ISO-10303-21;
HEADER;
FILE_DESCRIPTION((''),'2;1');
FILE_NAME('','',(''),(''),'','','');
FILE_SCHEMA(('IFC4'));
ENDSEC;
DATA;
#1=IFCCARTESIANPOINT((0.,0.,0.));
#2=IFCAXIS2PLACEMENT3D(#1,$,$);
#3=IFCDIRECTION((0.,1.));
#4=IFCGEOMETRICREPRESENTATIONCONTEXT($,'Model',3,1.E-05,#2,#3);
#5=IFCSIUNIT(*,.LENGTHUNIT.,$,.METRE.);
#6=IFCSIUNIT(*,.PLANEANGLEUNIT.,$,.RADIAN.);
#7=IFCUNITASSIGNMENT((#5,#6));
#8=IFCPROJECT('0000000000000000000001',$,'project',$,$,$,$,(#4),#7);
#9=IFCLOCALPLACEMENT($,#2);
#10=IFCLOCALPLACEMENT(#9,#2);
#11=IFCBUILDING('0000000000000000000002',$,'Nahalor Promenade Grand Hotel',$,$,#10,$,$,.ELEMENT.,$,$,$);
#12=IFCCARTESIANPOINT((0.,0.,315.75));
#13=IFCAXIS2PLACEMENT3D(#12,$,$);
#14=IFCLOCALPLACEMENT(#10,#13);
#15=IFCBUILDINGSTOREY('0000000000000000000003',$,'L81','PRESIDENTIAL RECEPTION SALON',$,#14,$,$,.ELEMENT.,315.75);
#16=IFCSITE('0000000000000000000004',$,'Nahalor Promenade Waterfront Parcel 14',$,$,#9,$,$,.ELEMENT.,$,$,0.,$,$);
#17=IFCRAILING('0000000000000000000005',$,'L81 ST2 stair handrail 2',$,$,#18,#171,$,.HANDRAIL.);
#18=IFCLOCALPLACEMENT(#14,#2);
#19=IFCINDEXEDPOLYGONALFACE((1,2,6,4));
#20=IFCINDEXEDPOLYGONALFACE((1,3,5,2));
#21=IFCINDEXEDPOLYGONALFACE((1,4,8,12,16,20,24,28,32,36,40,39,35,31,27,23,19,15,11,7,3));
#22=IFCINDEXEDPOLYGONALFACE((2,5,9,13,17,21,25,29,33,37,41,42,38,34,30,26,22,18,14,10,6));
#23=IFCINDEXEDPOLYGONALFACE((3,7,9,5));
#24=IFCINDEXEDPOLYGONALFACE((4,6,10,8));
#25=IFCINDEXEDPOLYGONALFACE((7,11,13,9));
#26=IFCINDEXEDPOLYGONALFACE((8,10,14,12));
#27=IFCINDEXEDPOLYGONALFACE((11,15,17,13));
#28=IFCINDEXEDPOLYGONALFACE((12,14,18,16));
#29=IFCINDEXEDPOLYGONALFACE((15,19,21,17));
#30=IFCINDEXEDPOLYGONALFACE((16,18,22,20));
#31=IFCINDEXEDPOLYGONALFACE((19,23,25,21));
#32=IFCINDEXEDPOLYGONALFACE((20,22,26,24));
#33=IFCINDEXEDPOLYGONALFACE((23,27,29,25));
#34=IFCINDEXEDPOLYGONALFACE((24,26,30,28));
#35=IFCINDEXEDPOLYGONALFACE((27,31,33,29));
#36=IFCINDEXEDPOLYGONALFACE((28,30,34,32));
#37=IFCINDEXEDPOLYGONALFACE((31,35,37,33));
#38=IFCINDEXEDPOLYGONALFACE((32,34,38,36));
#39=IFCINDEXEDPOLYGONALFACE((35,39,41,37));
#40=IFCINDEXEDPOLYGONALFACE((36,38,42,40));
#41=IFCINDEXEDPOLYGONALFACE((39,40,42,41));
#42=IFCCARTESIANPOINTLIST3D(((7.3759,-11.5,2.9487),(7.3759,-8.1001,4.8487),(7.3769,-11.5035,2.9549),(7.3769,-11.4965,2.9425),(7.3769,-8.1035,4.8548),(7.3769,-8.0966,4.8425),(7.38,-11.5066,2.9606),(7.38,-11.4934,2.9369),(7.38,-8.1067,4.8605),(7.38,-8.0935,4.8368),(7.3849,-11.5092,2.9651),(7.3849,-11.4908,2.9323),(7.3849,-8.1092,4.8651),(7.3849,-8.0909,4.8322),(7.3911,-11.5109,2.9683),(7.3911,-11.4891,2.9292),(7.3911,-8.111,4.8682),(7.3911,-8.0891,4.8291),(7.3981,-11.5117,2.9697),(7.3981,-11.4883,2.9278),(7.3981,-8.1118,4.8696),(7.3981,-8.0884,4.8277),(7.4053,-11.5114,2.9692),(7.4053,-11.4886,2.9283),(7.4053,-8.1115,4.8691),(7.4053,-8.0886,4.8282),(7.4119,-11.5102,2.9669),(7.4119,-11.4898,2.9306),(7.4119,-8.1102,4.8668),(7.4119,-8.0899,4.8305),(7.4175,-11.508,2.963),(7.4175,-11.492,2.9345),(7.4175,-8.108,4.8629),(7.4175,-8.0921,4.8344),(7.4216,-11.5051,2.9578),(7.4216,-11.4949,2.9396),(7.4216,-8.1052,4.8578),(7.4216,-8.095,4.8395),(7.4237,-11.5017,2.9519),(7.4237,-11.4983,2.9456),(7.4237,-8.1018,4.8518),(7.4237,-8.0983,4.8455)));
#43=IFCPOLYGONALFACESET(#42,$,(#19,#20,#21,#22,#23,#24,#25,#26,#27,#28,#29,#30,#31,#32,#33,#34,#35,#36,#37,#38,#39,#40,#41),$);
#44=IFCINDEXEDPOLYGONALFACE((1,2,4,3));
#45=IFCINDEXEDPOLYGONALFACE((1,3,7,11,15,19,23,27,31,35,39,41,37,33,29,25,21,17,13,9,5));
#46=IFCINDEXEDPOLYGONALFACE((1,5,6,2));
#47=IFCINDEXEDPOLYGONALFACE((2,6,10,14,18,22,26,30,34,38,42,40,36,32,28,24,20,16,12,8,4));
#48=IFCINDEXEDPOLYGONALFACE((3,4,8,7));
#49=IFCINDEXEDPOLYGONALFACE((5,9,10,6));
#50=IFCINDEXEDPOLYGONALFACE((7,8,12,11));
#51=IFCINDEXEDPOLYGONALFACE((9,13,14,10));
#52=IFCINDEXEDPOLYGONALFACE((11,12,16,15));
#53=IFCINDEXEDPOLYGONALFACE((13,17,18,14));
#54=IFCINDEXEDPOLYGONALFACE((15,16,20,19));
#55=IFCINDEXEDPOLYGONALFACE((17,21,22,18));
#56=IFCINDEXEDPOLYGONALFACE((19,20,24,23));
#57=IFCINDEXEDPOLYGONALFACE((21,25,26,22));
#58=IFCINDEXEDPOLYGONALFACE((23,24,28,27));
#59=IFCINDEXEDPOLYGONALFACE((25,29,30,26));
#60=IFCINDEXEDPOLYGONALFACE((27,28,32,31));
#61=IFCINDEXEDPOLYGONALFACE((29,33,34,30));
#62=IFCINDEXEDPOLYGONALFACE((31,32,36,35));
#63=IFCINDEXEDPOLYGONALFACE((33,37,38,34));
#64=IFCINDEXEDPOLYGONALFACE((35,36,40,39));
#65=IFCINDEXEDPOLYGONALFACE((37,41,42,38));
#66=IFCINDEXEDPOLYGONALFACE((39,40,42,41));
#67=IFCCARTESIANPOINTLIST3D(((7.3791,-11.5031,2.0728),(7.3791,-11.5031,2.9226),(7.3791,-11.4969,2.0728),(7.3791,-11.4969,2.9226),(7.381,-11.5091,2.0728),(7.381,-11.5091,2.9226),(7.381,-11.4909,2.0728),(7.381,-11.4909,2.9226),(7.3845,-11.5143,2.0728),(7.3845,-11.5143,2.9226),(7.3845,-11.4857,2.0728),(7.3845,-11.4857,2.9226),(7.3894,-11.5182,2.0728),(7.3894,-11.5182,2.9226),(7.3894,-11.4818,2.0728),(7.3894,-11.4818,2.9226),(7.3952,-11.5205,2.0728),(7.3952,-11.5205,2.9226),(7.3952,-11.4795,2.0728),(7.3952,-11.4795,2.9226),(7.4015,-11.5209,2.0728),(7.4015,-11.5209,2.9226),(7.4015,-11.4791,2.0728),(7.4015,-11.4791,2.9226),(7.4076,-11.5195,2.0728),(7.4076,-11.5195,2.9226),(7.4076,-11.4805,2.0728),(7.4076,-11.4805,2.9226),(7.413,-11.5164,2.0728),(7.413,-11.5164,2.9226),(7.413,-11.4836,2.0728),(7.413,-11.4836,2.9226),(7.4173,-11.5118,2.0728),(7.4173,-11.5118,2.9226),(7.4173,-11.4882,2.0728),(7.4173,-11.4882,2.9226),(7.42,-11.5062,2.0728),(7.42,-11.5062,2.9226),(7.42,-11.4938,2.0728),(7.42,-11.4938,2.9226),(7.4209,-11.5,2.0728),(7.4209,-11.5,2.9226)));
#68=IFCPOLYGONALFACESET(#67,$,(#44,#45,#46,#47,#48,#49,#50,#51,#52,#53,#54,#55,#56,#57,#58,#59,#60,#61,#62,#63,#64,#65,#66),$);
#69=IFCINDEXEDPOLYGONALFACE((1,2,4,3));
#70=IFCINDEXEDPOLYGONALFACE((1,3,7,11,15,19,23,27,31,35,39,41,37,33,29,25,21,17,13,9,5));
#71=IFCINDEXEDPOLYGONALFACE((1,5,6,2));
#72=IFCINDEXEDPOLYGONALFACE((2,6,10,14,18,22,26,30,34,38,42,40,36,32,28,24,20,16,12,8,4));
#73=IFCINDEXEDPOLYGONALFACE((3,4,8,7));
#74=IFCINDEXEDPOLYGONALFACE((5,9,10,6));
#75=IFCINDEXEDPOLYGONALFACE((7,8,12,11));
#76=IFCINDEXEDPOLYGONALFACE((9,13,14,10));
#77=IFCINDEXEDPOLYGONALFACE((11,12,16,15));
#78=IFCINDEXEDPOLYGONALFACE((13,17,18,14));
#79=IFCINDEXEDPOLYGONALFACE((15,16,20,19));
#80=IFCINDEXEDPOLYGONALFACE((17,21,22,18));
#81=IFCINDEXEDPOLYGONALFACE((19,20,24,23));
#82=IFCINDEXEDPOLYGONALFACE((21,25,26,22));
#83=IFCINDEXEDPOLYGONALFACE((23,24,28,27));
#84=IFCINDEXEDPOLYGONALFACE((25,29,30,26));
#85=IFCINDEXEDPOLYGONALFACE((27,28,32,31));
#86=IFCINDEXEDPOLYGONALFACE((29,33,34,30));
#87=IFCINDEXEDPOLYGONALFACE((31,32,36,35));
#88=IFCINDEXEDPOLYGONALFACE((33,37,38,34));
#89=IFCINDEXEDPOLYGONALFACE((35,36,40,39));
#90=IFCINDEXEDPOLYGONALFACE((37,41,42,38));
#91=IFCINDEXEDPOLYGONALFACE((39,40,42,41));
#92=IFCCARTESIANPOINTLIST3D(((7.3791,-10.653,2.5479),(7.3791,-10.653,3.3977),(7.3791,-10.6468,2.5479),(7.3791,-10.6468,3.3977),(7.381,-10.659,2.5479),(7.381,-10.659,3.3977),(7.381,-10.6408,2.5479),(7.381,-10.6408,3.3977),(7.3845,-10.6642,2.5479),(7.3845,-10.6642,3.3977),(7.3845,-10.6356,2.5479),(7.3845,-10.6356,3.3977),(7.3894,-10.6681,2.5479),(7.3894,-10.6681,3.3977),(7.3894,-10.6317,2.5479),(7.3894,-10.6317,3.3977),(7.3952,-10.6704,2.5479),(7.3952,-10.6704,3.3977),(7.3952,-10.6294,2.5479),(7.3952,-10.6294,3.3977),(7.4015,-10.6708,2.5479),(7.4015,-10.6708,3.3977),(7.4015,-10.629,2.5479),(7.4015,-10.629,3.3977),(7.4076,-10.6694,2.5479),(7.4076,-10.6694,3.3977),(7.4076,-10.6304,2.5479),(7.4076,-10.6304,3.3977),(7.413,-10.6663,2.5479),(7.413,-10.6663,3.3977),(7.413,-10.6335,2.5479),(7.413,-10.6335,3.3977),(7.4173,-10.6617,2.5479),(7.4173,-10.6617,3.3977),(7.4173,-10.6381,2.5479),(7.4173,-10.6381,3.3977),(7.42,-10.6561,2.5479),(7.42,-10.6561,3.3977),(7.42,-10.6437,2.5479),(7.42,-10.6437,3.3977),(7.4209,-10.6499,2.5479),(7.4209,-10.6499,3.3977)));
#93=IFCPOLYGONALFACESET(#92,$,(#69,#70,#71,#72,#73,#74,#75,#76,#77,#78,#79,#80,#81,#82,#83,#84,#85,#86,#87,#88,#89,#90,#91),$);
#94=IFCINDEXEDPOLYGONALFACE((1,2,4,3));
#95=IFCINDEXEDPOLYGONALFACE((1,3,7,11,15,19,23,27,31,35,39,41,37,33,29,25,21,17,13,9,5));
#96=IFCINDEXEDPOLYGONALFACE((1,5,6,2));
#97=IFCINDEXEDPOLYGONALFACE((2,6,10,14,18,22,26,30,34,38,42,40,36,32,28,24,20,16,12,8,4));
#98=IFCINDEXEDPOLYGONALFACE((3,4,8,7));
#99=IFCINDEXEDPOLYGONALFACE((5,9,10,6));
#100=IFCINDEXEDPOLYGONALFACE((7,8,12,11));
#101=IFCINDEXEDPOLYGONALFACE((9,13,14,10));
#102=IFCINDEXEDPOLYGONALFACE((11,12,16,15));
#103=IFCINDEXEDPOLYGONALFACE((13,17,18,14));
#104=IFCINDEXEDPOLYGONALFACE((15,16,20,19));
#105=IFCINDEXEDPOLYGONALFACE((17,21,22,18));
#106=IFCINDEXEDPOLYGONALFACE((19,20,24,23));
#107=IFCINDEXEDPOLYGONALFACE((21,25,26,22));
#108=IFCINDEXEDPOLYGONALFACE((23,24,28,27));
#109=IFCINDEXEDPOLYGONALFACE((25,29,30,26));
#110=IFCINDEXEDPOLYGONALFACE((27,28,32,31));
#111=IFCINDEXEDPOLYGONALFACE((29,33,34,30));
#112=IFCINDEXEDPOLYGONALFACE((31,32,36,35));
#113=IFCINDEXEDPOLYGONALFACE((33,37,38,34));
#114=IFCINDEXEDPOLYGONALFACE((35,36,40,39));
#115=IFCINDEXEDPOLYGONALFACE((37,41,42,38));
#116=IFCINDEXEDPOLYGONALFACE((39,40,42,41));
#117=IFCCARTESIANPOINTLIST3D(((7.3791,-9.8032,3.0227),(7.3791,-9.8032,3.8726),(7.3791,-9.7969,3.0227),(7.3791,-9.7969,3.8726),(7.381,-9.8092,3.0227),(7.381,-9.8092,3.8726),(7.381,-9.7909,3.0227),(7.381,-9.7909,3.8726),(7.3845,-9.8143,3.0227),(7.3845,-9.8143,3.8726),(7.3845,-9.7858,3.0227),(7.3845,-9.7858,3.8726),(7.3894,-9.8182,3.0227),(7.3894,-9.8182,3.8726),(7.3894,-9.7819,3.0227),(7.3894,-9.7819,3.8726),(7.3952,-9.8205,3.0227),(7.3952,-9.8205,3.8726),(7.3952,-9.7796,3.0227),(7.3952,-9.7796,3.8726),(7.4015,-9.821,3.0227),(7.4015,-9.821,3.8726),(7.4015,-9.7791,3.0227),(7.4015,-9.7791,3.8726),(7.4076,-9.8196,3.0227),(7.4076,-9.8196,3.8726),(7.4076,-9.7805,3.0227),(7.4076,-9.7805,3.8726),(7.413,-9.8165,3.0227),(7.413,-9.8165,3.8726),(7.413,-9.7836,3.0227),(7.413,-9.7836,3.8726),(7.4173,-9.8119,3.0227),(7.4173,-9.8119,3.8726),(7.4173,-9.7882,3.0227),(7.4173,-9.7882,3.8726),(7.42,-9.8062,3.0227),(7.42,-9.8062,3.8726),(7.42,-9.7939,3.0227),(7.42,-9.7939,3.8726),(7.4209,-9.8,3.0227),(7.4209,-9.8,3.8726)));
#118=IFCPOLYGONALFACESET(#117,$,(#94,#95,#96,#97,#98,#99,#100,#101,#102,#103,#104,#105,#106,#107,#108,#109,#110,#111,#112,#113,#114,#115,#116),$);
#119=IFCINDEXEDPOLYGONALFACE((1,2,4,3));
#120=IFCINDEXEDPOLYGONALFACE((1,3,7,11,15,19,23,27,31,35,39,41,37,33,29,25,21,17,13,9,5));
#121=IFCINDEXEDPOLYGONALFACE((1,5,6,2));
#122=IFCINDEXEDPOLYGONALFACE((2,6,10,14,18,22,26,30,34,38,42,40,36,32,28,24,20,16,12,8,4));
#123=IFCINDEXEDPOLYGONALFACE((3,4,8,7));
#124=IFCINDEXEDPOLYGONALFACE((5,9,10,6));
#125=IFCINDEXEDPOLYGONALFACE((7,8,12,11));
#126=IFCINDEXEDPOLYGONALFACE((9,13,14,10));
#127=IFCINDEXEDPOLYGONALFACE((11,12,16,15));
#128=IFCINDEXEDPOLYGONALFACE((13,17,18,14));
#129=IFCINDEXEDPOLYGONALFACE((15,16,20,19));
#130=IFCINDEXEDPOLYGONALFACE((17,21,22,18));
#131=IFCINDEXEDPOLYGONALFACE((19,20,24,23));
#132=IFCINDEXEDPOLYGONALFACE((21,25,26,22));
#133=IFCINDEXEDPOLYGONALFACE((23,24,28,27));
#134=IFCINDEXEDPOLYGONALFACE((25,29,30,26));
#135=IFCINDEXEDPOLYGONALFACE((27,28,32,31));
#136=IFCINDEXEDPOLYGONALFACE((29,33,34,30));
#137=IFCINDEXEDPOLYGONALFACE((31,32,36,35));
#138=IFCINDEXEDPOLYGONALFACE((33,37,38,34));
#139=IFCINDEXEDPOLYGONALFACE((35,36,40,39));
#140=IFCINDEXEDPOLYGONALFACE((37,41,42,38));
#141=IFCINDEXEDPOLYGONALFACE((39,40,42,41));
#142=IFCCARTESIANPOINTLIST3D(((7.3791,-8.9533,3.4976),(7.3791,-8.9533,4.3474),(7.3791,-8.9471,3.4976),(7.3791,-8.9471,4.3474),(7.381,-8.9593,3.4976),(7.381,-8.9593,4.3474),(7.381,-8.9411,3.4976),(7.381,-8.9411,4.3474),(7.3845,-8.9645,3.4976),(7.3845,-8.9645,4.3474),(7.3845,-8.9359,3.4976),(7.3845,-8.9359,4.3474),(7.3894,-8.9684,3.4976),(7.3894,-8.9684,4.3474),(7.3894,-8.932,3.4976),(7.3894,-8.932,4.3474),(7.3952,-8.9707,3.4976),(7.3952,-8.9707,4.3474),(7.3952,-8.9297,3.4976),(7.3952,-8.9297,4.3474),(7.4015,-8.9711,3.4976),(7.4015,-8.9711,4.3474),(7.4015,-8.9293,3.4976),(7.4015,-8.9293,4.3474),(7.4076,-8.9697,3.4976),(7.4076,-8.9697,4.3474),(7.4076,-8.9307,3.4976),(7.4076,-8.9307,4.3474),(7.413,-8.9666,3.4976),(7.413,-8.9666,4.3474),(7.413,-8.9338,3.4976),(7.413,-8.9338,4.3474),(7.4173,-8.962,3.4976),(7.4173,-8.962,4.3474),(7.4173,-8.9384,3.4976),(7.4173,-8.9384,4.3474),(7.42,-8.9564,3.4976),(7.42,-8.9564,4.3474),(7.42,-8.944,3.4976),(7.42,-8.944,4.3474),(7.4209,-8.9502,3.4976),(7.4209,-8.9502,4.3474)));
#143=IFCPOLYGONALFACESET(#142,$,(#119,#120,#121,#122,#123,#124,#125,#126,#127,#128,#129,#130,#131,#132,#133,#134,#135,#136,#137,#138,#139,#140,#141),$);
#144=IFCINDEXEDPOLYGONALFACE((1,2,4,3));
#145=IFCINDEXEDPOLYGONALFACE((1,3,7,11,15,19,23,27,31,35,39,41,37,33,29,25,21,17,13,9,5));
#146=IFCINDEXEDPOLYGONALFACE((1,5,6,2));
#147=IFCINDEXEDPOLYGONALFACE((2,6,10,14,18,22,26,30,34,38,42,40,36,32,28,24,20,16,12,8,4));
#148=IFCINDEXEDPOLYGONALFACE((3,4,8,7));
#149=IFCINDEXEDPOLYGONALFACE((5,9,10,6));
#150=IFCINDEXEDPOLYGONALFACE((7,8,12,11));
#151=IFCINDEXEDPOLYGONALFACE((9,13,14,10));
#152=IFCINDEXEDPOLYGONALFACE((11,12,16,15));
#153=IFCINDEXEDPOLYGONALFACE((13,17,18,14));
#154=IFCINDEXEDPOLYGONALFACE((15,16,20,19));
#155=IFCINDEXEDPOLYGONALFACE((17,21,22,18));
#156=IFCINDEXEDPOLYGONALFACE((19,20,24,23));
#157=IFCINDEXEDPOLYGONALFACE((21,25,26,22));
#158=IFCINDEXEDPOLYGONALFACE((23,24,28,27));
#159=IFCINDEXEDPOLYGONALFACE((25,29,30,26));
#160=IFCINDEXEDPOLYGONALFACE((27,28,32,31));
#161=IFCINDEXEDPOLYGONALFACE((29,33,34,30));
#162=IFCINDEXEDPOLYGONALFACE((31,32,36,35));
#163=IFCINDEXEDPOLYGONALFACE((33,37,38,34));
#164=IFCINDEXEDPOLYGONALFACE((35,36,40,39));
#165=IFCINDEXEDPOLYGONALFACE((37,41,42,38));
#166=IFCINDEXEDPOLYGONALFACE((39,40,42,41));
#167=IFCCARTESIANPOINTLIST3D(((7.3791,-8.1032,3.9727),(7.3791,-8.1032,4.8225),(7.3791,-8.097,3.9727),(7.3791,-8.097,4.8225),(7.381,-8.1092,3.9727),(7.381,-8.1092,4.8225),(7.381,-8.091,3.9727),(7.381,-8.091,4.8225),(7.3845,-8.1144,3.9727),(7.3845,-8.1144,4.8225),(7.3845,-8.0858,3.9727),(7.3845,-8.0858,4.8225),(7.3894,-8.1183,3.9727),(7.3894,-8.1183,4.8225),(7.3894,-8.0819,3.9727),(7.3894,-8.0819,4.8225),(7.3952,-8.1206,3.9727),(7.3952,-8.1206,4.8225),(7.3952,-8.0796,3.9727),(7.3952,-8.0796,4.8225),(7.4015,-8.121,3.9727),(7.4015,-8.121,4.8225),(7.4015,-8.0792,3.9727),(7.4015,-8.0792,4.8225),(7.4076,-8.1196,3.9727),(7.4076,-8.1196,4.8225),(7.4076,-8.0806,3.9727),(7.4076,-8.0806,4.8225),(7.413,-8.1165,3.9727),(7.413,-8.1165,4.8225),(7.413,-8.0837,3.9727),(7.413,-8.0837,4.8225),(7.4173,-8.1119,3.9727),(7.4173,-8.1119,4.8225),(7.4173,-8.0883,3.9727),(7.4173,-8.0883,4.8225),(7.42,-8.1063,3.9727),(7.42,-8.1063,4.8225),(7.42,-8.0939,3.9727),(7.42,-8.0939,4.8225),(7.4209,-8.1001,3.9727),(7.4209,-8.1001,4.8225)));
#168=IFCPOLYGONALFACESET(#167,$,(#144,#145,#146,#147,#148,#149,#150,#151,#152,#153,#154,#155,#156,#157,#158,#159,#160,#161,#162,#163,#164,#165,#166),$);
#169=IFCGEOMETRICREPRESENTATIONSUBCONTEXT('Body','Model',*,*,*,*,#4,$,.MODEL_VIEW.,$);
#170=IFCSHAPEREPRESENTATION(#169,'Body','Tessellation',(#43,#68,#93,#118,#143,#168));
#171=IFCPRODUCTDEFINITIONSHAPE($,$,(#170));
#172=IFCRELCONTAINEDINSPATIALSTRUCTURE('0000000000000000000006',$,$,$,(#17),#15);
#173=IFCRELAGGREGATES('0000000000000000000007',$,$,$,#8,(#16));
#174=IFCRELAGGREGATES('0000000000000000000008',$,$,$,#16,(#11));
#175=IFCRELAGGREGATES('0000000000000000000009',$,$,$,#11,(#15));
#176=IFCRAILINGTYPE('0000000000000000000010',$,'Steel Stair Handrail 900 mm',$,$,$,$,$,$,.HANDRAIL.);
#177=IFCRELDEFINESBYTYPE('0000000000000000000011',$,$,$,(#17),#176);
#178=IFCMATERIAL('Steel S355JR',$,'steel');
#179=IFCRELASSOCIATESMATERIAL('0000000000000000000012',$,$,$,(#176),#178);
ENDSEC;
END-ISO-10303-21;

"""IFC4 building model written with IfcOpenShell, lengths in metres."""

from ifc_helpers import new_model, si_unit, direction, frame, origin, origin_2d, place, context, subcontext, project, spatial, circle, extrude, material, type_object, element, save


model = new_model("IFC4")

# Units and contexts
model_context = context("Model", 3, precision=1e-05, world=origin(), true_north=direction((0.0, 1.0)))
body_context = subcontext(model_context, "Body", "Model", "MODEL_VIEW")
ifc_project = project(units=[si_unit("LENGTHUNIT", "METRE"), si_unit("PLANEANGLEUNIT", "RADIAN")], contexts=[model_context])

# Site, building, storey
site_placement = place(None, origin())
site = spatial("IfcSite", under=ifc_project, at=site_placement, Name="Nahalor Promenade Waterfront Parcel 14", CompositionType="ELEMENT", RefElevation=0.0)
building_placement = place(site_placement, origin())
building = spatial("IfcBuilding", under=site, at=building_placement, Name="Nahalor Promenade Grand Hotel", CompositionType="ELEMENT")
storey_placement = place(building_placement, frame((0.0, 0.0, 315.75)))
storey = spatial("IfcBuildingStorey", under=building, at=storey_placement, Name="L81", Description="PRESIDENTIAL RECEPTION SALON", CompositionType="ELEMENT", Elevation=315.75)

# Shared definitions
ifc_material_1 = material(Name="Steel S355JR", Category="steel")

# Railing
railing_type_1 = type_object("IfcRailingType", Name="Steel Stair Handrail 900 mm", PredefinedType="HANDRAIL", material=ifc_material_1)
railing_1_placement = place(storey_placement, frame((7.3999, -11.5, 2.0728)))
element("IfcRailing", 1, at=railing_1_placement, inside=storey, type_object=railing_type_1, Name="L81 ST2 stair handrail 2", PredefinedType="HANDRAIL", context=body_context, shape_type="SweptSolid", body=[
    extrude(circle(Radius=0.024, at=origin_2d()), frame((0.0, 0.0, 0.876), z_axis=(0.0, 0.872948, 0.487813), x_axis=(-1.0, 0.0, 0.0)), (0.0, 0.0, 1.0), 3.8948),
    extrude(circle(Radius=0.021, at=origin_2d()), origin(), (0.0, 0.0, 1.0), 0.8499),
    extrude(circle(Radius=0.021, at=origin_2d()), frame((0.0, 0.8501, 0.4751)), (0.0, 0.0, 1.0), 0.8499),
    extrude(circle(Radius=0.021, at=origin_2d()), frame((0.0, 1.7, 0.95)), (0.0, 0.0, 1.0), 0.8499),
    extrude(circle(Radius=0.021, at=origin_2d()), frame((0.0, 2.5498, 1.4248)), (0.0, 0.0, 1.0), 0.8499),
    extrude(circle(Radius=0.021, at=origin_2d()), frame((0.0, 3.3999, 1.8999)), (0.0, 0.0, 1.0), 0.8499),
])

save(model, "model.ifc")
